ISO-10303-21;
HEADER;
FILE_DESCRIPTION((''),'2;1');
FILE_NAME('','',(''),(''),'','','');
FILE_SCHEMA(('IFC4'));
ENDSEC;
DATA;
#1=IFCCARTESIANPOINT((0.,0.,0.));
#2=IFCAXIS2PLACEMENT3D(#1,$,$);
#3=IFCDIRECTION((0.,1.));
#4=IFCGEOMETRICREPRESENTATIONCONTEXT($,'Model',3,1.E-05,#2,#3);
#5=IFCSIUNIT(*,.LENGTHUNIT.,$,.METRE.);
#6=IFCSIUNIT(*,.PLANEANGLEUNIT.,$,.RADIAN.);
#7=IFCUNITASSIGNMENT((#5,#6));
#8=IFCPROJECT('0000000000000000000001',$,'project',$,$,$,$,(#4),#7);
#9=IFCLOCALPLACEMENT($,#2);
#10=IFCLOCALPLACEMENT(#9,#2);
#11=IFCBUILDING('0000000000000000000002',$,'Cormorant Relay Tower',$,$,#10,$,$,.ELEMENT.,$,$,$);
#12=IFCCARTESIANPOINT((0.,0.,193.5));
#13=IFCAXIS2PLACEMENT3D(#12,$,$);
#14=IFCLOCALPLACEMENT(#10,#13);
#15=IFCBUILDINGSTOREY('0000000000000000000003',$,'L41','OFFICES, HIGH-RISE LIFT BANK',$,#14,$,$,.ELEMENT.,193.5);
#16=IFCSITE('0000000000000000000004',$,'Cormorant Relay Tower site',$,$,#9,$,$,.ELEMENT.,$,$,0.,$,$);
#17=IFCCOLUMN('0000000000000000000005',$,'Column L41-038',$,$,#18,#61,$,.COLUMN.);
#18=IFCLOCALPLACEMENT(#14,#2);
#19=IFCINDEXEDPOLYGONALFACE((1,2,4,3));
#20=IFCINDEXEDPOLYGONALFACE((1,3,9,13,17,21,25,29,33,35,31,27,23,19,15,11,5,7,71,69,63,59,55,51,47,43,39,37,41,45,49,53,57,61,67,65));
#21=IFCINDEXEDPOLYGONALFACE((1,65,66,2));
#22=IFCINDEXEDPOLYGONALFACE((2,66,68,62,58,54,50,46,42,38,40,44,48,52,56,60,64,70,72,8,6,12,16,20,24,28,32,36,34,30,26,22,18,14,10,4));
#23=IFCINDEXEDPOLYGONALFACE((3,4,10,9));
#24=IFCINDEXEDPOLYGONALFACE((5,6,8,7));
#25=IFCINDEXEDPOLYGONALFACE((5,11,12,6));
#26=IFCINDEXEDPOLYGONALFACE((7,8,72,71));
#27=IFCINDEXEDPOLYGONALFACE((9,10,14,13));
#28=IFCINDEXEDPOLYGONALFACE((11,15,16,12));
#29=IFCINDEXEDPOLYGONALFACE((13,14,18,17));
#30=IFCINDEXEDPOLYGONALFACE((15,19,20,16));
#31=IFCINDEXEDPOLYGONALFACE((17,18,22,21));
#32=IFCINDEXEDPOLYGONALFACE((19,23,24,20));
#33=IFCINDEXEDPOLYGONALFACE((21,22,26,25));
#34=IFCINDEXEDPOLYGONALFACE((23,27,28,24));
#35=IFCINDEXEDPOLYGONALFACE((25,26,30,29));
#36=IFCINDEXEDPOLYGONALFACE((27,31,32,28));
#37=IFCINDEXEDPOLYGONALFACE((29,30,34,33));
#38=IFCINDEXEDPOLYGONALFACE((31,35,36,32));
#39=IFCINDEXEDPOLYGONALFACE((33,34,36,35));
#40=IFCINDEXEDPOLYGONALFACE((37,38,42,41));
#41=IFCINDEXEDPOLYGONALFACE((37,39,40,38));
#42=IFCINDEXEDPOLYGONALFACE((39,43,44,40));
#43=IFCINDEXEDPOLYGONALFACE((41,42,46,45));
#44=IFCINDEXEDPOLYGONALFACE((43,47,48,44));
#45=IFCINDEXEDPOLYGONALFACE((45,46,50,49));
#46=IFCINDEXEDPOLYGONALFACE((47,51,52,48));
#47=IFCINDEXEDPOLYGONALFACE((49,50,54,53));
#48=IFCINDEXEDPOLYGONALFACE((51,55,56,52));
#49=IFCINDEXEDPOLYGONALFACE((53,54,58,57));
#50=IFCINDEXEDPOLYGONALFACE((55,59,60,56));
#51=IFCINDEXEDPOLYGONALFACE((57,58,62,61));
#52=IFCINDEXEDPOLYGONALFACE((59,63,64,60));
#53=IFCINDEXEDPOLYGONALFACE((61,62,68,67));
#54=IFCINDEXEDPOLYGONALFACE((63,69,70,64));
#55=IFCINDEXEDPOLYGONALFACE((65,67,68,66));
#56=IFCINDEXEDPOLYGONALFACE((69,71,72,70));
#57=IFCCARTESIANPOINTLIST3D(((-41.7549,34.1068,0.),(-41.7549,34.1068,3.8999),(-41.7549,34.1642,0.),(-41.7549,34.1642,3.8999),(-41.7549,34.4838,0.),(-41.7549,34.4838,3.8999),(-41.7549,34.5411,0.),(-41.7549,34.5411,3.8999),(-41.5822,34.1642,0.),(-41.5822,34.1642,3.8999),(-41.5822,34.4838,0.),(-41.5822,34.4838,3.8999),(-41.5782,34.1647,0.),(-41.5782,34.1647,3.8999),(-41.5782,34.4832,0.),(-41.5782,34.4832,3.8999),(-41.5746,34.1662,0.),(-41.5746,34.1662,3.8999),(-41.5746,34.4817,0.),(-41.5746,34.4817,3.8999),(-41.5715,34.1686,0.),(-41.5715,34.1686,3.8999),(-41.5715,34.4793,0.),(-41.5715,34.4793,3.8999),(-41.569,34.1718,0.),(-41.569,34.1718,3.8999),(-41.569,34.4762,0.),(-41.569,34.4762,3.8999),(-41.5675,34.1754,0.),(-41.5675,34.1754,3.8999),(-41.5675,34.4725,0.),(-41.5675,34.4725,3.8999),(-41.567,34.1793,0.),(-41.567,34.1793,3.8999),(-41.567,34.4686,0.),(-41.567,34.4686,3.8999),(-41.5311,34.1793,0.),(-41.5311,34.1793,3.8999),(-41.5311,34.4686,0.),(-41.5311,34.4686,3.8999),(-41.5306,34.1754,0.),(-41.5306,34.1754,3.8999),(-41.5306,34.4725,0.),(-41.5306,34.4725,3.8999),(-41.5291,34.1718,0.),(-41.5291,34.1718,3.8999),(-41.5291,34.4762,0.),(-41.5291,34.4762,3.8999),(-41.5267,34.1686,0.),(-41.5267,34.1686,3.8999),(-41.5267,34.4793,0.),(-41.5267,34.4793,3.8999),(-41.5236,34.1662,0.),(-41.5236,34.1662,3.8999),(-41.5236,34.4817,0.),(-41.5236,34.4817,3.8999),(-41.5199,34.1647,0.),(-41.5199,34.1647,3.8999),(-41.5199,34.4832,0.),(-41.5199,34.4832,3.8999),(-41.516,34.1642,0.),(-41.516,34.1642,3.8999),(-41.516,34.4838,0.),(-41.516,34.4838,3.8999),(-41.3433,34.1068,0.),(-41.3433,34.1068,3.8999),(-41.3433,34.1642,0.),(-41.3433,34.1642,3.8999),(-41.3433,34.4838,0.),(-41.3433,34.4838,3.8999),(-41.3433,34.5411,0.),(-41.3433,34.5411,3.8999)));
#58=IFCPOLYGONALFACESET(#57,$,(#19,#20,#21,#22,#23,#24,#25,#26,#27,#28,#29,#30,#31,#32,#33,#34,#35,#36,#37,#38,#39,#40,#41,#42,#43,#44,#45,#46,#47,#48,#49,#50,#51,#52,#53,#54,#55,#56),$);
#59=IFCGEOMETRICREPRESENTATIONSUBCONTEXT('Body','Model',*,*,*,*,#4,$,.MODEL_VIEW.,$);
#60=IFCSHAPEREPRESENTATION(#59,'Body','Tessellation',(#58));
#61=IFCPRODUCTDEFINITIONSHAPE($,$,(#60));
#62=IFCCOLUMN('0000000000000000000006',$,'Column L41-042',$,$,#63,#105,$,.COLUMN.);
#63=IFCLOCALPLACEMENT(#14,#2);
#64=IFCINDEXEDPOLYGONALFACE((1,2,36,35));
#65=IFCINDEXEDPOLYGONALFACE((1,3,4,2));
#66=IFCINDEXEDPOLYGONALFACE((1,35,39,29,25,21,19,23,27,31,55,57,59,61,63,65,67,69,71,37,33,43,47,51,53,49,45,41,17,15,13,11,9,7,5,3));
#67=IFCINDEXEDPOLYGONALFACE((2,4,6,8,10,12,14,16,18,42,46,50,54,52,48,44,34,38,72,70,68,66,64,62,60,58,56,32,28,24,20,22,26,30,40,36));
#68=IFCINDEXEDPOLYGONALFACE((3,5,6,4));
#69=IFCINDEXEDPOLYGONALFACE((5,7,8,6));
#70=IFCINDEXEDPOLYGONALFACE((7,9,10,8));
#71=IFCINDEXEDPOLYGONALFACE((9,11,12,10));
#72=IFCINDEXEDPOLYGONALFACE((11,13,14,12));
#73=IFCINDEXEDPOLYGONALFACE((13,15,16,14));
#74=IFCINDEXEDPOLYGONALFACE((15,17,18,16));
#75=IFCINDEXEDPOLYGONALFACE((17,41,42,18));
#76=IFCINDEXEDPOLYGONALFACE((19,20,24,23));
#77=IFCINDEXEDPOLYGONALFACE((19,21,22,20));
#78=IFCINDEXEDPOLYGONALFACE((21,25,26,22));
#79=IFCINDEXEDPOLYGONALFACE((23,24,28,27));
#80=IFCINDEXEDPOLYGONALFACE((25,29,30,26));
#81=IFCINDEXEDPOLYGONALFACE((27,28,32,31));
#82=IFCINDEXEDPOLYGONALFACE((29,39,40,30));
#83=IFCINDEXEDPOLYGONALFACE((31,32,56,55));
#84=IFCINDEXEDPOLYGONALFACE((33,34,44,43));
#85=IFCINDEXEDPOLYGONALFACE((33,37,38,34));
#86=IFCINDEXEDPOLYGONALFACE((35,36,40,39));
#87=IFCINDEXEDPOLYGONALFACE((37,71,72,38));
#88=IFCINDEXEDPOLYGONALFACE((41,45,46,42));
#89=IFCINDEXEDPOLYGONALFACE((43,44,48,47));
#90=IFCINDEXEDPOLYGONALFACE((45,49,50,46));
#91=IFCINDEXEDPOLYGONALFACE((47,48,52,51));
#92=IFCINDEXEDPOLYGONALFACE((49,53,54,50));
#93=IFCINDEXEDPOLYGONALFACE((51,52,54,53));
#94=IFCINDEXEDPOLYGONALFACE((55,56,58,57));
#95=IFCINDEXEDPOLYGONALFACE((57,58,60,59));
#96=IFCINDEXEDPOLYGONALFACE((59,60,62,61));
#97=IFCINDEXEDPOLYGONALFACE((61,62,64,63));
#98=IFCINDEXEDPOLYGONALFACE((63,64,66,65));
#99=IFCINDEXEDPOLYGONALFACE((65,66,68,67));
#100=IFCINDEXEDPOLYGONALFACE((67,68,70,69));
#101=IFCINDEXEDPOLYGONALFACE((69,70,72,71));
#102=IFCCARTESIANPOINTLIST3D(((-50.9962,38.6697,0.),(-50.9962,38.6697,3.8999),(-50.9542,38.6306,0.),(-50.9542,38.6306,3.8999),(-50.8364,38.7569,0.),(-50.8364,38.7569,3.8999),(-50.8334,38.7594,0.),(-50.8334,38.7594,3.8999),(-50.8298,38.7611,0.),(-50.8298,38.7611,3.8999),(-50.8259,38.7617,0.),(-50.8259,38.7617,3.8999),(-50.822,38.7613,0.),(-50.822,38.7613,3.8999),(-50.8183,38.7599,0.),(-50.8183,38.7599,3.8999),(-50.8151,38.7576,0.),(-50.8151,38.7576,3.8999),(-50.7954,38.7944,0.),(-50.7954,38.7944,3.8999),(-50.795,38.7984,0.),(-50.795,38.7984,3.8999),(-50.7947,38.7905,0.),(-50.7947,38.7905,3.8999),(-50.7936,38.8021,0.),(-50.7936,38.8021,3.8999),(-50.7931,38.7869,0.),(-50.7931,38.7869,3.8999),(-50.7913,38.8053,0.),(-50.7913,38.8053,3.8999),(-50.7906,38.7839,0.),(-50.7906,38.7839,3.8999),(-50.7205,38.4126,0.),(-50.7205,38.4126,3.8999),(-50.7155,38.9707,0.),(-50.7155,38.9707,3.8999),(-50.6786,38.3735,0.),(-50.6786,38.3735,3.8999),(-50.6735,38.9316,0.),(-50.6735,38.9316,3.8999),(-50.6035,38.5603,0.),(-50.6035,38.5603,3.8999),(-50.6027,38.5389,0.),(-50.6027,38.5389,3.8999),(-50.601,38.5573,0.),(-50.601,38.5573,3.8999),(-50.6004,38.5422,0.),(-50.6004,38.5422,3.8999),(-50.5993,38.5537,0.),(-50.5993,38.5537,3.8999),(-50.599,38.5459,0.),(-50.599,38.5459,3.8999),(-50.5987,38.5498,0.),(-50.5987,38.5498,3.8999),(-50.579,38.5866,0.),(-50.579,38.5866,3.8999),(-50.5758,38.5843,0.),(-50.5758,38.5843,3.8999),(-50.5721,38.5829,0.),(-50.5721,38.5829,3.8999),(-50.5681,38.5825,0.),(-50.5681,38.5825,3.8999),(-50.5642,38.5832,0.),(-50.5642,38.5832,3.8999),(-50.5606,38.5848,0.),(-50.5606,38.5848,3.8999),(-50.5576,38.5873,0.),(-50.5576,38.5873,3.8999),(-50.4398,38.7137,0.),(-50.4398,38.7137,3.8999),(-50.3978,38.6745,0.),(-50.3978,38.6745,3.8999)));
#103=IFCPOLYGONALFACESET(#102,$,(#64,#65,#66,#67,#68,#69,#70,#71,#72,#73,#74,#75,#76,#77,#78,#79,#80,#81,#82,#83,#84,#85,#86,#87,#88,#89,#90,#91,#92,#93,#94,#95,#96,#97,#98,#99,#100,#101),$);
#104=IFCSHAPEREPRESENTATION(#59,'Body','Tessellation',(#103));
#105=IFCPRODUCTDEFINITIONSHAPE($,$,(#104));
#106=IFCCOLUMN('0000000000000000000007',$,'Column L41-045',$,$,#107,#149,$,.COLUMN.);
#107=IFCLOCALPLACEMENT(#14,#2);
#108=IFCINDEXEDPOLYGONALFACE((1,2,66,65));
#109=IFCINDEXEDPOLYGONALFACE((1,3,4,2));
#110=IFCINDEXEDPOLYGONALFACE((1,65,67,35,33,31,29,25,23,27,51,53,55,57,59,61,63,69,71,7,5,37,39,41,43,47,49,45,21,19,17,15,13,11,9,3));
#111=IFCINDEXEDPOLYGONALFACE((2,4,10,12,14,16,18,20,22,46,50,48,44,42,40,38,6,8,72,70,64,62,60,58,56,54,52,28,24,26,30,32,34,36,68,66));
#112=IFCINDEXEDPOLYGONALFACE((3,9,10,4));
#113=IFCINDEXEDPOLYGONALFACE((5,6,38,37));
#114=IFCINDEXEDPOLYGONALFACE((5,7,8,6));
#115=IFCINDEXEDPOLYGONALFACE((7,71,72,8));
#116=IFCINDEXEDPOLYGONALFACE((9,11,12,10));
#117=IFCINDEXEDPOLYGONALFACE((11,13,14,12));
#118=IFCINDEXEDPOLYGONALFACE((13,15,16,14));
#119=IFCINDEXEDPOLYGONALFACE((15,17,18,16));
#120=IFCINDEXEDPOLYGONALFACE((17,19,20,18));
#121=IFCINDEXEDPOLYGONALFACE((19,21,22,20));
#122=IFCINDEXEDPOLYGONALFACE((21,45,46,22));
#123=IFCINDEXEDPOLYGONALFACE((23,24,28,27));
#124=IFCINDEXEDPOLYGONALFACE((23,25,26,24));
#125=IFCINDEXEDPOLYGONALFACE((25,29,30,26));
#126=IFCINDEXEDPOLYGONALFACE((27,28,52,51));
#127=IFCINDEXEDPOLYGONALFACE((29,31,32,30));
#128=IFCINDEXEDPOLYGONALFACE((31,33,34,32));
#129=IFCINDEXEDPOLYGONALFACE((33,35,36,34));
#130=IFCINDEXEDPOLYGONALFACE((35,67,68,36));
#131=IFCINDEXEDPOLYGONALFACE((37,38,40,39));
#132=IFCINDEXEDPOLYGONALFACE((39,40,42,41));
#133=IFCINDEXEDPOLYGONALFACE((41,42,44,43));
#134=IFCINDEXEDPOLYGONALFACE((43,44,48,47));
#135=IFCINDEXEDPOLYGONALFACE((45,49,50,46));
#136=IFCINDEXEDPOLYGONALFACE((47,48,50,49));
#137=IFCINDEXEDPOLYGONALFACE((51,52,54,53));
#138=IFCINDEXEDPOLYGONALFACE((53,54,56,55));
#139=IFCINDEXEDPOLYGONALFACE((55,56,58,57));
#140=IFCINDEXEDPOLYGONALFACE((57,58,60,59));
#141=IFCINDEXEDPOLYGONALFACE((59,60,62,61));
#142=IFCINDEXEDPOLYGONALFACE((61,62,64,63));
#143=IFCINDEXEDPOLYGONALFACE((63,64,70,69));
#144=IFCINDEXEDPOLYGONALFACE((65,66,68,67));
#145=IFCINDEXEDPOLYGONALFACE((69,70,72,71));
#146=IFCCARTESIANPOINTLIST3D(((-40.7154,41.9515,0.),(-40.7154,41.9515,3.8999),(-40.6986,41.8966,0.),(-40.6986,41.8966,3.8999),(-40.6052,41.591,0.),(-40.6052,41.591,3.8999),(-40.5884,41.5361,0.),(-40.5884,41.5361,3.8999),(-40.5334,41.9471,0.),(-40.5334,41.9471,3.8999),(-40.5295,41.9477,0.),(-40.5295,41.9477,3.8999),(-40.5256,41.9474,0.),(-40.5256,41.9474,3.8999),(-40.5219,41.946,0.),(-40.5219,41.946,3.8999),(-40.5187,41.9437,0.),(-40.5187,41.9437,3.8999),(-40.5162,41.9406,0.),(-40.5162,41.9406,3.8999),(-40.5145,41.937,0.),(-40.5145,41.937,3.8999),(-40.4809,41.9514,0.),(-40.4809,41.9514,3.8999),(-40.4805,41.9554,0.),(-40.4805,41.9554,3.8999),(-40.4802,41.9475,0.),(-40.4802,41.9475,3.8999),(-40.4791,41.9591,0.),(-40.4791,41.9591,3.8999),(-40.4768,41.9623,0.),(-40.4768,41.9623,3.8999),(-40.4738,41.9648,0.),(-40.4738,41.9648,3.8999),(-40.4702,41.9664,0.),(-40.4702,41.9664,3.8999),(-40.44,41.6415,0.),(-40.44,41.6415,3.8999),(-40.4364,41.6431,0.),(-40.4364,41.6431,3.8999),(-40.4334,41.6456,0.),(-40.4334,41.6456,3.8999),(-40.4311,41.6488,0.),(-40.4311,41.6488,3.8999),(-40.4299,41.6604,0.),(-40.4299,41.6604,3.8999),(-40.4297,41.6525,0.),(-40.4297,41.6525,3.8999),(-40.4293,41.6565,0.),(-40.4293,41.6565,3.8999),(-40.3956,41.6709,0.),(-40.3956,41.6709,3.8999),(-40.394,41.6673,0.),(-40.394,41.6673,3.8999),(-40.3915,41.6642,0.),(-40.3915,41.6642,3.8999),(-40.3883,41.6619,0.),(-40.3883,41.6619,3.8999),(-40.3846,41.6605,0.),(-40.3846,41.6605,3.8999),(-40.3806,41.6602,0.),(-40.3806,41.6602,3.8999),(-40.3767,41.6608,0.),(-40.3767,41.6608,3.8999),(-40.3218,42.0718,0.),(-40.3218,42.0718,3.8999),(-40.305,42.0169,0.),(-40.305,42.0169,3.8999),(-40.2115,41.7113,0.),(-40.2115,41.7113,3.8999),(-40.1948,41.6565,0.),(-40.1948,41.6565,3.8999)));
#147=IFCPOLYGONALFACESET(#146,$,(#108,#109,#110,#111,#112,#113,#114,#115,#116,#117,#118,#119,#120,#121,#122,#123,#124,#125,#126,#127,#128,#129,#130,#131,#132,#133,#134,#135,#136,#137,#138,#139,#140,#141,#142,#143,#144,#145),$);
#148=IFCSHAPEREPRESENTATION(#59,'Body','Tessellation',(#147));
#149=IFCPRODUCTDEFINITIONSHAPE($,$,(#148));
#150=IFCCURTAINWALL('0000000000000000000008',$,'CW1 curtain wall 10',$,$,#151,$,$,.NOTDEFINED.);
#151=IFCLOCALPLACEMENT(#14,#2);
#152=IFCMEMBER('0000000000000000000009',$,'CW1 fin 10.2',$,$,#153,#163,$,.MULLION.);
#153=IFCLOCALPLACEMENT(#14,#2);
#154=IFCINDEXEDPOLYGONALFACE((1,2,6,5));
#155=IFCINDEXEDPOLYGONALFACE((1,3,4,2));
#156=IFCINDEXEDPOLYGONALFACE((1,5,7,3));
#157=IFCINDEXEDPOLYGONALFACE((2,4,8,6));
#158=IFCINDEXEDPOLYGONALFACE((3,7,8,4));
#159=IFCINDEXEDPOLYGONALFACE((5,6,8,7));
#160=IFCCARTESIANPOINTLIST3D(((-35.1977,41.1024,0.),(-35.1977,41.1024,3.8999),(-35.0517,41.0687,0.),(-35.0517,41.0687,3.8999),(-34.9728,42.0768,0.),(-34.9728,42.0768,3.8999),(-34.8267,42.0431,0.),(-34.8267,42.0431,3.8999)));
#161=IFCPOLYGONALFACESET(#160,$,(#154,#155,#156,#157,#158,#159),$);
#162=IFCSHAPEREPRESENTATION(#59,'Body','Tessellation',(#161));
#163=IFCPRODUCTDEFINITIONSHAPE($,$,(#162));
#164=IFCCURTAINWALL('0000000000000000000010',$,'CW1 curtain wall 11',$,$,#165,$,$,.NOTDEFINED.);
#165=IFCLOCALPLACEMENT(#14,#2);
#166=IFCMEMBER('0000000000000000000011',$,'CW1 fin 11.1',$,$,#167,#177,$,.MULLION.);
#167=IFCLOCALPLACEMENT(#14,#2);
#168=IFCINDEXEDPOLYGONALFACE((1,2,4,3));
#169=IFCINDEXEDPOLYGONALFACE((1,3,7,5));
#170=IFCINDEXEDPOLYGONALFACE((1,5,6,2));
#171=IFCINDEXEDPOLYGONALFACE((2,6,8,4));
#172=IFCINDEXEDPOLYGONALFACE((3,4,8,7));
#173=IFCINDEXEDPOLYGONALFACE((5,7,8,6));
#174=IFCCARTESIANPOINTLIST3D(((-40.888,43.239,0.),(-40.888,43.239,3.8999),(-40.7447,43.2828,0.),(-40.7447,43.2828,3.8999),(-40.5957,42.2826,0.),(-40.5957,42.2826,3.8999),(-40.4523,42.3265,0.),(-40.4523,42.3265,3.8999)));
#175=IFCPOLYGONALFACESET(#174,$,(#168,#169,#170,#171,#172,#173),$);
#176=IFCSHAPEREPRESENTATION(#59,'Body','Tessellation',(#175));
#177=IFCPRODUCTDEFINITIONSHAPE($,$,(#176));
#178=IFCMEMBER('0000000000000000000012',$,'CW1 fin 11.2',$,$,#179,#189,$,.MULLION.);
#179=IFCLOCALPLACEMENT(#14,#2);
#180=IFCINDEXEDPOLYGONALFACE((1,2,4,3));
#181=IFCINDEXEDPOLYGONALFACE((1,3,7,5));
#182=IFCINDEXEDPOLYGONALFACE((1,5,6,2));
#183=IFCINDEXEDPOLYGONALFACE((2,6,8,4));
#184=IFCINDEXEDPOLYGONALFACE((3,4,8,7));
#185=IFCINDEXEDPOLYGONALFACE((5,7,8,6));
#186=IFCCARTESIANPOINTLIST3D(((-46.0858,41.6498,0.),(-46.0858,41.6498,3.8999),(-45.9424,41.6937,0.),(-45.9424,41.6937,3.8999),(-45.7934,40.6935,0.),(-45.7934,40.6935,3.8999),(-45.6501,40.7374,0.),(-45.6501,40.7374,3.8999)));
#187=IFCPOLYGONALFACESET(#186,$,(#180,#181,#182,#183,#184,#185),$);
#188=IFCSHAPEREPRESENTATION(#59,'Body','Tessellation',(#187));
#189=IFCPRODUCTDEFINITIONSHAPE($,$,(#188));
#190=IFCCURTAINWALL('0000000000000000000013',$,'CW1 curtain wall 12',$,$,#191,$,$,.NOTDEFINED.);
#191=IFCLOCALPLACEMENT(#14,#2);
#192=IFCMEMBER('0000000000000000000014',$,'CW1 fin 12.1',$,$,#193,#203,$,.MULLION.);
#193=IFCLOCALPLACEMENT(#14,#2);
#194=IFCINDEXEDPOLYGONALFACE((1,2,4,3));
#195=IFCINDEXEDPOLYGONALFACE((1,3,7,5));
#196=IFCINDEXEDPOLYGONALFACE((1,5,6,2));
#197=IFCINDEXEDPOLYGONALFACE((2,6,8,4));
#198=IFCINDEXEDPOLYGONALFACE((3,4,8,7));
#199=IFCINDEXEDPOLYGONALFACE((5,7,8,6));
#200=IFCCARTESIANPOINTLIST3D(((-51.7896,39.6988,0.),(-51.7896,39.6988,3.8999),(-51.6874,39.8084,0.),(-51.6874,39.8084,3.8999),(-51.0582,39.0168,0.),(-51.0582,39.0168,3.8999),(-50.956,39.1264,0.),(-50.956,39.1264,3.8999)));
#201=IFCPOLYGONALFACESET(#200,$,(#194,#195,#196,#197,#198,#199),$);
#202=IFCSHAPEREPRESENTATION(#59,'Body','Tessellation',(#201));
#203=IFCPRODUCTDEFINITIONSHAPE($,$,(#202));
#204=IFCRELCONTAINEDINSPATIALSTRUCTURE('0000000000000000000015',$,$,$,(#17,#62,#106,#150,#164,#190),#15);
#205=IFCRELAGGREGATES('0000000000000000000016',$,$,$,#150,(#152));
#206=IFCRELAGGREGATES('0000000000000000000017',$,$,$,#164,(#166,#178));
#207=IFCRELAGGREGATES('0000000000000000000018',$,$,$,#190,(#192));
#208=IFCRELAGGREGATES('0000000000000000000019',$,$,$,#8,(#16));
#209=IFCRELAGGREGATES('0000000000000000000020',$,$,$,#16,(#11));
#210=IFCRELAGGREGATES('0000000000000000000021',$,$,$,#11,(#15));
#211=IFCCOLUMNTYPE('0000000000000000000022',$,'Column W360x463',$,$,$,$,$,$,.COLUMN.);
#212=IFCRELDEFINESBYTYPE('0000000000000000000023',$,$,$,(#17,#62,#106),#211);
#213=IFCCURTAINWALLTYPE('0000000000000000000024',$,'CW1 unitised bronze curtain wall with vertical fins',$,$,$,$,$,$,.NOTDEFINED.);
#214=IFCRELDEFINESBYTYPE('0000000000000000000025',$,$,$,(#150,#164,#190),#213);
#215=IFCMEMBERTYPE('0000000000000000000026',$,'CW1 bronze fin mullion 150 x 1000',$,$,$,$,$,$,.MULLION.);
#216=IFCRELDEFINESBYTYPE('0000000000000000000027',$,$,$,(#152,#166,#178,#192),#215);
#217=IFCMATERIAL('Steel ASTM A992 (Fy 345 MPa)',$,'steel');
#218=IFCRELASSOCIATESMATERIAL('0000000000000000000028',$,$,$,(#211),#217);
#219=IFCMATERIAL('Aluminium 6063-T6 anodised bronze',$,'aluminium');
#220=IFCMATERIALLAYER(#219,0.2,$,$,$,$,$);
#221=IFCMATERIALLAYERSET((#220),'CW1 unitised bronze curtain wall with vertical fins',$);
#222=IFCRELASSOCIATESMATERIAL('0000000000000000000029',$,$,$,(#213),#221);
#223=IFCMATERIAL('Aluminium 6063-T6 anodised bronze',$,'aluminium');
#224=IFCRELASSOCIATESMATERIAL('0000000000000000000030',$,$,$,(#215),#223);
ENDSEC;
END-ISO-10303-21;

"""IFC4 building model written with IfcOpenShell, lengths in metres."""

from ifc_helpers import new_model, si_unit, direction, frame, origin, origin_2d, place, context, subcontext, project, spatial, rectangle, i_section, extrude, material, layer, layer_set, material_profile, profile_set, type_object, element, aggregate, save


model = new_model("IFC4")

# Units and contexts
model_context = context("Model", 3, precision=1e-05, world=origin(), true_north=direction((0.0, 1.0)))
body_context = subcontext(model_context, "Body", "Model", "MODEL_VIEW")
ifc_project = project(units=[si_unit("LENGTHUNIT", "METRE"), si_unit("PLANEANGLEUNIT", "RADIAN")], contexts=[model_context])

# Site, building, storey
site_placement = place(None, origin())
site = spatial("IfcSite", under=ifc_project, at=site_placement, Name="Cormorant Relay Tower site", CompositionType="ELEMENT", RefElevation=0.0)
building_placement = place(site_placement, origin())
building = spatial("IfcBuilding", under=site, at=building_placement, Name="Cormorant Relay Tower", CompositionType="ELEMENT")
storey_placement = place(building_placement, frame((0.0, 0.0, 193.5)))
storey = spatial("IfcBuildingStorey", under=building, at=storey_placement, Name="L41", Description="OFFICES, HIGH-RISE LIFT BANK", CompositionType="ELEMENT", Elevation=193.5)

# Columns
ifc_material_1 = material(Name="Steel ASTM A992 (Fy 345 MPa)", Category="steel")
ifc_material_profile_1 = material_profile(ifc_material_1, i_section(OverallWidth=0.4116, OverallDepth=0.4343, WebThickness=0.0359, FlangeThickness=0.0574, FilletRadius=0.0151, at=origin_2d()), Name="W360x463")
ifc_profile_set_1 = profile_set([ifc_material_profile_1], Name="Steel ASTM A992 (Fy 345 MPa)")
column_type = type_object("IfcColumnType", Name="Column W360x463", PredefinedType="COLUMN", material=ifc_profile_set_1)
for number, where, z_axis, x_axis, name in (
    (1, (-41.5491, 34.324, 0.0), (0.0, 0.0, 1.0), (1.0, 0.0, 0.0), "Column L41-038"),
    (2, (-50.697, 38.6721, 0.0), (0.0, 0.0, 1.0), (-0.681998, -0.731354, 0.0), "Column L41-042"),
    (3, (-40.4551, 41.804, 0.0), (0.0, 0.0, 1.0), (-0.956305, -0.292372, 0.0), "Column L41-045"),
):
    element("IfcColumn", number, at=place(storey_placement, frame(where, z_axis=z_axis, x_axis=x_axis)), inside=storey, type_object=column_type, Name=name, PredefinedType="COLUMN", context=body_context, shape_type="SweptSolid", body=[
        extrude(i_section(OverallWidth=0.4116, OverallDepth=0.4343, WebThickness=0.0359, FlangeThickness=0.0574, FilletRadius=0.0151, at=origin_2d()), origin(), (0.0, 0.0, 1.0), 3.8999),
    ])

# Curtain wall, member
ifc_material_2 = material(Name="Aluminium 6063-T6 anodised bronze", Category="aluminium")
ifc_layer_1 = layer(ifc_material_2, 0.2)
ifc_layer_set_1 = layer_set([ifc_layer_1], Name="CW1 unitised bronze curtain wall with vertical fins")
curtain_wall_type = type_object("IfcCurtainWallType", Name="CW1 unitised bronze curtain wall with vertical fins", PredefinedType="NOTDEFINED", material=ifc_layer_set_1)
curtain_wall_1_placement = place(storey_placement, origin())
curtain_wall_1 = element("IfcCurtainWall", 4, at=curtain_wall_1_placement, inside=storey, type_object=curtain_wall_type, Name="CW1 curtain wall 10", PredefinedType="NOTDEFINED")
ifc_material_3 = material(Name="Aluminium 6063-T6 anodised bronze", Category="aluminium")
ifc_material_profile_2 = material_profile(ifc_material_3, rectangle(XDim=0.1499, YDim=1.0, at=origin_2d()), Name="AL 150x1000")
ifc_profile_set_2 = profile_set([ifc_material_profile_2], Name="Aluminium 6063-T6 anodised bronze")
member_type_1 = type_object("IfcMemberType", Name="CW1 bronze fin mullion 150 x 1000", PredefinedType="MULLION", material=ifc_profile_set_2)
member_1_placement = place(storey_placement, frame((-35.0122, 41.5728, 0.0), z_axis=(0.0, 0.0, 1.0), x_axis=(-0.97437, 0.224951, 0.0)))
member_1 = element("IfcMember", 5, at=member_1_placement, type_object=member_type_1, Name="CW1 fin 10.2", PredefinedType="MULLION", context=body_context, shape_type="SweptSolid", body=[
    extrude(rectangle(XDim=0.1499, YDim=1.0, at=origin_2d()), origin(), (0.0, 0.0, 1.0), 3.8999),
])

# Curtain walls, members
curtain_wall_2_placement = place(storey_placement, origin())
curtain_wall_2 = element("IfcCurtainWall", 6, at=curtain_wall_2_placement, inside=storey, type_object=curtain_wall_type, Name="CW1 curtain wall 11", PredefinedType="NOTDEFINED")
member_2_placement = place(storey_placement, frame((-40.6702, 42.7827, 0.0), z_axis=(0.0, 0.0, 1.0), x_axis=(-0.956305, -0.292372, 0.0)))
member_2 = element("IfcMember", 7, at=member_2_placement, type_object=member_type_1, Name="CW1 fin 11.1", PredefinedType="MULLION", context=body_context, shape_type="SweptSolid", body=[
    extrude(rectangle(XDim=0.1499, YDim=1.0, at=origin_2d()), origin(), (0.0, 0.0, 1.0), 3.8999),
])
member_3_placement = place(storey_placement, frame((-45.8679, 41.1936, 0.0), z_axis=(0.0, 0.0, 1.0), x_axis=(-0.956305, -0.292372, 0.0)))
member_3 = element("IfcMember", 8, at=member_3_placement, type_object=member_type_1, Name="CW1 fin 11.2", PredefinedType="MULLION", context=body_context, shape_type="SweptSolid", body=[
    extrude(rectangle(XDim=0.1499, YDim=1.0, at=origin_2d()), origin(), (0.0, 0.0, 1.0), 3.8999),
])
curtain_wall_3_placement = place(storey_placement, origin())
curtain_wall_3 = element("IfcCurtainWall", 9, at=curtain_wall_3_placement, inside=storey, type_object=curtain_wall_type, Name="CW1 curtain wall 12", PredefinedType="NOTDEFINED")
member_4_placement = place(storey_placement, frame((-51.3728, 39.4126, 0.0), z_axis=(0.0, 0.0, 1.0), x_axis=(-0.681998, -0.731354, 0.0)))
member_4 = element("IfcMember", 10, at=member_4_placement, type_object=member_type_1, Name="CW1 fin 12.1", PredefinedType="MULLION", context=body_context, shape_type="SweptSolid", body=[
    extrude(rectangle(XDim=0.1499, YDim=1.0, at=origin_2d()), origin(), (0.0, 0.0, 1.0), 3.8999),
])

aggregate(curtain_wall_1, [member_1])
aggregate(curtain_wall_2, [member_2, member_3])
aggregate(curtain_wall_3, [member_4])

save(model, "model.ifc")
